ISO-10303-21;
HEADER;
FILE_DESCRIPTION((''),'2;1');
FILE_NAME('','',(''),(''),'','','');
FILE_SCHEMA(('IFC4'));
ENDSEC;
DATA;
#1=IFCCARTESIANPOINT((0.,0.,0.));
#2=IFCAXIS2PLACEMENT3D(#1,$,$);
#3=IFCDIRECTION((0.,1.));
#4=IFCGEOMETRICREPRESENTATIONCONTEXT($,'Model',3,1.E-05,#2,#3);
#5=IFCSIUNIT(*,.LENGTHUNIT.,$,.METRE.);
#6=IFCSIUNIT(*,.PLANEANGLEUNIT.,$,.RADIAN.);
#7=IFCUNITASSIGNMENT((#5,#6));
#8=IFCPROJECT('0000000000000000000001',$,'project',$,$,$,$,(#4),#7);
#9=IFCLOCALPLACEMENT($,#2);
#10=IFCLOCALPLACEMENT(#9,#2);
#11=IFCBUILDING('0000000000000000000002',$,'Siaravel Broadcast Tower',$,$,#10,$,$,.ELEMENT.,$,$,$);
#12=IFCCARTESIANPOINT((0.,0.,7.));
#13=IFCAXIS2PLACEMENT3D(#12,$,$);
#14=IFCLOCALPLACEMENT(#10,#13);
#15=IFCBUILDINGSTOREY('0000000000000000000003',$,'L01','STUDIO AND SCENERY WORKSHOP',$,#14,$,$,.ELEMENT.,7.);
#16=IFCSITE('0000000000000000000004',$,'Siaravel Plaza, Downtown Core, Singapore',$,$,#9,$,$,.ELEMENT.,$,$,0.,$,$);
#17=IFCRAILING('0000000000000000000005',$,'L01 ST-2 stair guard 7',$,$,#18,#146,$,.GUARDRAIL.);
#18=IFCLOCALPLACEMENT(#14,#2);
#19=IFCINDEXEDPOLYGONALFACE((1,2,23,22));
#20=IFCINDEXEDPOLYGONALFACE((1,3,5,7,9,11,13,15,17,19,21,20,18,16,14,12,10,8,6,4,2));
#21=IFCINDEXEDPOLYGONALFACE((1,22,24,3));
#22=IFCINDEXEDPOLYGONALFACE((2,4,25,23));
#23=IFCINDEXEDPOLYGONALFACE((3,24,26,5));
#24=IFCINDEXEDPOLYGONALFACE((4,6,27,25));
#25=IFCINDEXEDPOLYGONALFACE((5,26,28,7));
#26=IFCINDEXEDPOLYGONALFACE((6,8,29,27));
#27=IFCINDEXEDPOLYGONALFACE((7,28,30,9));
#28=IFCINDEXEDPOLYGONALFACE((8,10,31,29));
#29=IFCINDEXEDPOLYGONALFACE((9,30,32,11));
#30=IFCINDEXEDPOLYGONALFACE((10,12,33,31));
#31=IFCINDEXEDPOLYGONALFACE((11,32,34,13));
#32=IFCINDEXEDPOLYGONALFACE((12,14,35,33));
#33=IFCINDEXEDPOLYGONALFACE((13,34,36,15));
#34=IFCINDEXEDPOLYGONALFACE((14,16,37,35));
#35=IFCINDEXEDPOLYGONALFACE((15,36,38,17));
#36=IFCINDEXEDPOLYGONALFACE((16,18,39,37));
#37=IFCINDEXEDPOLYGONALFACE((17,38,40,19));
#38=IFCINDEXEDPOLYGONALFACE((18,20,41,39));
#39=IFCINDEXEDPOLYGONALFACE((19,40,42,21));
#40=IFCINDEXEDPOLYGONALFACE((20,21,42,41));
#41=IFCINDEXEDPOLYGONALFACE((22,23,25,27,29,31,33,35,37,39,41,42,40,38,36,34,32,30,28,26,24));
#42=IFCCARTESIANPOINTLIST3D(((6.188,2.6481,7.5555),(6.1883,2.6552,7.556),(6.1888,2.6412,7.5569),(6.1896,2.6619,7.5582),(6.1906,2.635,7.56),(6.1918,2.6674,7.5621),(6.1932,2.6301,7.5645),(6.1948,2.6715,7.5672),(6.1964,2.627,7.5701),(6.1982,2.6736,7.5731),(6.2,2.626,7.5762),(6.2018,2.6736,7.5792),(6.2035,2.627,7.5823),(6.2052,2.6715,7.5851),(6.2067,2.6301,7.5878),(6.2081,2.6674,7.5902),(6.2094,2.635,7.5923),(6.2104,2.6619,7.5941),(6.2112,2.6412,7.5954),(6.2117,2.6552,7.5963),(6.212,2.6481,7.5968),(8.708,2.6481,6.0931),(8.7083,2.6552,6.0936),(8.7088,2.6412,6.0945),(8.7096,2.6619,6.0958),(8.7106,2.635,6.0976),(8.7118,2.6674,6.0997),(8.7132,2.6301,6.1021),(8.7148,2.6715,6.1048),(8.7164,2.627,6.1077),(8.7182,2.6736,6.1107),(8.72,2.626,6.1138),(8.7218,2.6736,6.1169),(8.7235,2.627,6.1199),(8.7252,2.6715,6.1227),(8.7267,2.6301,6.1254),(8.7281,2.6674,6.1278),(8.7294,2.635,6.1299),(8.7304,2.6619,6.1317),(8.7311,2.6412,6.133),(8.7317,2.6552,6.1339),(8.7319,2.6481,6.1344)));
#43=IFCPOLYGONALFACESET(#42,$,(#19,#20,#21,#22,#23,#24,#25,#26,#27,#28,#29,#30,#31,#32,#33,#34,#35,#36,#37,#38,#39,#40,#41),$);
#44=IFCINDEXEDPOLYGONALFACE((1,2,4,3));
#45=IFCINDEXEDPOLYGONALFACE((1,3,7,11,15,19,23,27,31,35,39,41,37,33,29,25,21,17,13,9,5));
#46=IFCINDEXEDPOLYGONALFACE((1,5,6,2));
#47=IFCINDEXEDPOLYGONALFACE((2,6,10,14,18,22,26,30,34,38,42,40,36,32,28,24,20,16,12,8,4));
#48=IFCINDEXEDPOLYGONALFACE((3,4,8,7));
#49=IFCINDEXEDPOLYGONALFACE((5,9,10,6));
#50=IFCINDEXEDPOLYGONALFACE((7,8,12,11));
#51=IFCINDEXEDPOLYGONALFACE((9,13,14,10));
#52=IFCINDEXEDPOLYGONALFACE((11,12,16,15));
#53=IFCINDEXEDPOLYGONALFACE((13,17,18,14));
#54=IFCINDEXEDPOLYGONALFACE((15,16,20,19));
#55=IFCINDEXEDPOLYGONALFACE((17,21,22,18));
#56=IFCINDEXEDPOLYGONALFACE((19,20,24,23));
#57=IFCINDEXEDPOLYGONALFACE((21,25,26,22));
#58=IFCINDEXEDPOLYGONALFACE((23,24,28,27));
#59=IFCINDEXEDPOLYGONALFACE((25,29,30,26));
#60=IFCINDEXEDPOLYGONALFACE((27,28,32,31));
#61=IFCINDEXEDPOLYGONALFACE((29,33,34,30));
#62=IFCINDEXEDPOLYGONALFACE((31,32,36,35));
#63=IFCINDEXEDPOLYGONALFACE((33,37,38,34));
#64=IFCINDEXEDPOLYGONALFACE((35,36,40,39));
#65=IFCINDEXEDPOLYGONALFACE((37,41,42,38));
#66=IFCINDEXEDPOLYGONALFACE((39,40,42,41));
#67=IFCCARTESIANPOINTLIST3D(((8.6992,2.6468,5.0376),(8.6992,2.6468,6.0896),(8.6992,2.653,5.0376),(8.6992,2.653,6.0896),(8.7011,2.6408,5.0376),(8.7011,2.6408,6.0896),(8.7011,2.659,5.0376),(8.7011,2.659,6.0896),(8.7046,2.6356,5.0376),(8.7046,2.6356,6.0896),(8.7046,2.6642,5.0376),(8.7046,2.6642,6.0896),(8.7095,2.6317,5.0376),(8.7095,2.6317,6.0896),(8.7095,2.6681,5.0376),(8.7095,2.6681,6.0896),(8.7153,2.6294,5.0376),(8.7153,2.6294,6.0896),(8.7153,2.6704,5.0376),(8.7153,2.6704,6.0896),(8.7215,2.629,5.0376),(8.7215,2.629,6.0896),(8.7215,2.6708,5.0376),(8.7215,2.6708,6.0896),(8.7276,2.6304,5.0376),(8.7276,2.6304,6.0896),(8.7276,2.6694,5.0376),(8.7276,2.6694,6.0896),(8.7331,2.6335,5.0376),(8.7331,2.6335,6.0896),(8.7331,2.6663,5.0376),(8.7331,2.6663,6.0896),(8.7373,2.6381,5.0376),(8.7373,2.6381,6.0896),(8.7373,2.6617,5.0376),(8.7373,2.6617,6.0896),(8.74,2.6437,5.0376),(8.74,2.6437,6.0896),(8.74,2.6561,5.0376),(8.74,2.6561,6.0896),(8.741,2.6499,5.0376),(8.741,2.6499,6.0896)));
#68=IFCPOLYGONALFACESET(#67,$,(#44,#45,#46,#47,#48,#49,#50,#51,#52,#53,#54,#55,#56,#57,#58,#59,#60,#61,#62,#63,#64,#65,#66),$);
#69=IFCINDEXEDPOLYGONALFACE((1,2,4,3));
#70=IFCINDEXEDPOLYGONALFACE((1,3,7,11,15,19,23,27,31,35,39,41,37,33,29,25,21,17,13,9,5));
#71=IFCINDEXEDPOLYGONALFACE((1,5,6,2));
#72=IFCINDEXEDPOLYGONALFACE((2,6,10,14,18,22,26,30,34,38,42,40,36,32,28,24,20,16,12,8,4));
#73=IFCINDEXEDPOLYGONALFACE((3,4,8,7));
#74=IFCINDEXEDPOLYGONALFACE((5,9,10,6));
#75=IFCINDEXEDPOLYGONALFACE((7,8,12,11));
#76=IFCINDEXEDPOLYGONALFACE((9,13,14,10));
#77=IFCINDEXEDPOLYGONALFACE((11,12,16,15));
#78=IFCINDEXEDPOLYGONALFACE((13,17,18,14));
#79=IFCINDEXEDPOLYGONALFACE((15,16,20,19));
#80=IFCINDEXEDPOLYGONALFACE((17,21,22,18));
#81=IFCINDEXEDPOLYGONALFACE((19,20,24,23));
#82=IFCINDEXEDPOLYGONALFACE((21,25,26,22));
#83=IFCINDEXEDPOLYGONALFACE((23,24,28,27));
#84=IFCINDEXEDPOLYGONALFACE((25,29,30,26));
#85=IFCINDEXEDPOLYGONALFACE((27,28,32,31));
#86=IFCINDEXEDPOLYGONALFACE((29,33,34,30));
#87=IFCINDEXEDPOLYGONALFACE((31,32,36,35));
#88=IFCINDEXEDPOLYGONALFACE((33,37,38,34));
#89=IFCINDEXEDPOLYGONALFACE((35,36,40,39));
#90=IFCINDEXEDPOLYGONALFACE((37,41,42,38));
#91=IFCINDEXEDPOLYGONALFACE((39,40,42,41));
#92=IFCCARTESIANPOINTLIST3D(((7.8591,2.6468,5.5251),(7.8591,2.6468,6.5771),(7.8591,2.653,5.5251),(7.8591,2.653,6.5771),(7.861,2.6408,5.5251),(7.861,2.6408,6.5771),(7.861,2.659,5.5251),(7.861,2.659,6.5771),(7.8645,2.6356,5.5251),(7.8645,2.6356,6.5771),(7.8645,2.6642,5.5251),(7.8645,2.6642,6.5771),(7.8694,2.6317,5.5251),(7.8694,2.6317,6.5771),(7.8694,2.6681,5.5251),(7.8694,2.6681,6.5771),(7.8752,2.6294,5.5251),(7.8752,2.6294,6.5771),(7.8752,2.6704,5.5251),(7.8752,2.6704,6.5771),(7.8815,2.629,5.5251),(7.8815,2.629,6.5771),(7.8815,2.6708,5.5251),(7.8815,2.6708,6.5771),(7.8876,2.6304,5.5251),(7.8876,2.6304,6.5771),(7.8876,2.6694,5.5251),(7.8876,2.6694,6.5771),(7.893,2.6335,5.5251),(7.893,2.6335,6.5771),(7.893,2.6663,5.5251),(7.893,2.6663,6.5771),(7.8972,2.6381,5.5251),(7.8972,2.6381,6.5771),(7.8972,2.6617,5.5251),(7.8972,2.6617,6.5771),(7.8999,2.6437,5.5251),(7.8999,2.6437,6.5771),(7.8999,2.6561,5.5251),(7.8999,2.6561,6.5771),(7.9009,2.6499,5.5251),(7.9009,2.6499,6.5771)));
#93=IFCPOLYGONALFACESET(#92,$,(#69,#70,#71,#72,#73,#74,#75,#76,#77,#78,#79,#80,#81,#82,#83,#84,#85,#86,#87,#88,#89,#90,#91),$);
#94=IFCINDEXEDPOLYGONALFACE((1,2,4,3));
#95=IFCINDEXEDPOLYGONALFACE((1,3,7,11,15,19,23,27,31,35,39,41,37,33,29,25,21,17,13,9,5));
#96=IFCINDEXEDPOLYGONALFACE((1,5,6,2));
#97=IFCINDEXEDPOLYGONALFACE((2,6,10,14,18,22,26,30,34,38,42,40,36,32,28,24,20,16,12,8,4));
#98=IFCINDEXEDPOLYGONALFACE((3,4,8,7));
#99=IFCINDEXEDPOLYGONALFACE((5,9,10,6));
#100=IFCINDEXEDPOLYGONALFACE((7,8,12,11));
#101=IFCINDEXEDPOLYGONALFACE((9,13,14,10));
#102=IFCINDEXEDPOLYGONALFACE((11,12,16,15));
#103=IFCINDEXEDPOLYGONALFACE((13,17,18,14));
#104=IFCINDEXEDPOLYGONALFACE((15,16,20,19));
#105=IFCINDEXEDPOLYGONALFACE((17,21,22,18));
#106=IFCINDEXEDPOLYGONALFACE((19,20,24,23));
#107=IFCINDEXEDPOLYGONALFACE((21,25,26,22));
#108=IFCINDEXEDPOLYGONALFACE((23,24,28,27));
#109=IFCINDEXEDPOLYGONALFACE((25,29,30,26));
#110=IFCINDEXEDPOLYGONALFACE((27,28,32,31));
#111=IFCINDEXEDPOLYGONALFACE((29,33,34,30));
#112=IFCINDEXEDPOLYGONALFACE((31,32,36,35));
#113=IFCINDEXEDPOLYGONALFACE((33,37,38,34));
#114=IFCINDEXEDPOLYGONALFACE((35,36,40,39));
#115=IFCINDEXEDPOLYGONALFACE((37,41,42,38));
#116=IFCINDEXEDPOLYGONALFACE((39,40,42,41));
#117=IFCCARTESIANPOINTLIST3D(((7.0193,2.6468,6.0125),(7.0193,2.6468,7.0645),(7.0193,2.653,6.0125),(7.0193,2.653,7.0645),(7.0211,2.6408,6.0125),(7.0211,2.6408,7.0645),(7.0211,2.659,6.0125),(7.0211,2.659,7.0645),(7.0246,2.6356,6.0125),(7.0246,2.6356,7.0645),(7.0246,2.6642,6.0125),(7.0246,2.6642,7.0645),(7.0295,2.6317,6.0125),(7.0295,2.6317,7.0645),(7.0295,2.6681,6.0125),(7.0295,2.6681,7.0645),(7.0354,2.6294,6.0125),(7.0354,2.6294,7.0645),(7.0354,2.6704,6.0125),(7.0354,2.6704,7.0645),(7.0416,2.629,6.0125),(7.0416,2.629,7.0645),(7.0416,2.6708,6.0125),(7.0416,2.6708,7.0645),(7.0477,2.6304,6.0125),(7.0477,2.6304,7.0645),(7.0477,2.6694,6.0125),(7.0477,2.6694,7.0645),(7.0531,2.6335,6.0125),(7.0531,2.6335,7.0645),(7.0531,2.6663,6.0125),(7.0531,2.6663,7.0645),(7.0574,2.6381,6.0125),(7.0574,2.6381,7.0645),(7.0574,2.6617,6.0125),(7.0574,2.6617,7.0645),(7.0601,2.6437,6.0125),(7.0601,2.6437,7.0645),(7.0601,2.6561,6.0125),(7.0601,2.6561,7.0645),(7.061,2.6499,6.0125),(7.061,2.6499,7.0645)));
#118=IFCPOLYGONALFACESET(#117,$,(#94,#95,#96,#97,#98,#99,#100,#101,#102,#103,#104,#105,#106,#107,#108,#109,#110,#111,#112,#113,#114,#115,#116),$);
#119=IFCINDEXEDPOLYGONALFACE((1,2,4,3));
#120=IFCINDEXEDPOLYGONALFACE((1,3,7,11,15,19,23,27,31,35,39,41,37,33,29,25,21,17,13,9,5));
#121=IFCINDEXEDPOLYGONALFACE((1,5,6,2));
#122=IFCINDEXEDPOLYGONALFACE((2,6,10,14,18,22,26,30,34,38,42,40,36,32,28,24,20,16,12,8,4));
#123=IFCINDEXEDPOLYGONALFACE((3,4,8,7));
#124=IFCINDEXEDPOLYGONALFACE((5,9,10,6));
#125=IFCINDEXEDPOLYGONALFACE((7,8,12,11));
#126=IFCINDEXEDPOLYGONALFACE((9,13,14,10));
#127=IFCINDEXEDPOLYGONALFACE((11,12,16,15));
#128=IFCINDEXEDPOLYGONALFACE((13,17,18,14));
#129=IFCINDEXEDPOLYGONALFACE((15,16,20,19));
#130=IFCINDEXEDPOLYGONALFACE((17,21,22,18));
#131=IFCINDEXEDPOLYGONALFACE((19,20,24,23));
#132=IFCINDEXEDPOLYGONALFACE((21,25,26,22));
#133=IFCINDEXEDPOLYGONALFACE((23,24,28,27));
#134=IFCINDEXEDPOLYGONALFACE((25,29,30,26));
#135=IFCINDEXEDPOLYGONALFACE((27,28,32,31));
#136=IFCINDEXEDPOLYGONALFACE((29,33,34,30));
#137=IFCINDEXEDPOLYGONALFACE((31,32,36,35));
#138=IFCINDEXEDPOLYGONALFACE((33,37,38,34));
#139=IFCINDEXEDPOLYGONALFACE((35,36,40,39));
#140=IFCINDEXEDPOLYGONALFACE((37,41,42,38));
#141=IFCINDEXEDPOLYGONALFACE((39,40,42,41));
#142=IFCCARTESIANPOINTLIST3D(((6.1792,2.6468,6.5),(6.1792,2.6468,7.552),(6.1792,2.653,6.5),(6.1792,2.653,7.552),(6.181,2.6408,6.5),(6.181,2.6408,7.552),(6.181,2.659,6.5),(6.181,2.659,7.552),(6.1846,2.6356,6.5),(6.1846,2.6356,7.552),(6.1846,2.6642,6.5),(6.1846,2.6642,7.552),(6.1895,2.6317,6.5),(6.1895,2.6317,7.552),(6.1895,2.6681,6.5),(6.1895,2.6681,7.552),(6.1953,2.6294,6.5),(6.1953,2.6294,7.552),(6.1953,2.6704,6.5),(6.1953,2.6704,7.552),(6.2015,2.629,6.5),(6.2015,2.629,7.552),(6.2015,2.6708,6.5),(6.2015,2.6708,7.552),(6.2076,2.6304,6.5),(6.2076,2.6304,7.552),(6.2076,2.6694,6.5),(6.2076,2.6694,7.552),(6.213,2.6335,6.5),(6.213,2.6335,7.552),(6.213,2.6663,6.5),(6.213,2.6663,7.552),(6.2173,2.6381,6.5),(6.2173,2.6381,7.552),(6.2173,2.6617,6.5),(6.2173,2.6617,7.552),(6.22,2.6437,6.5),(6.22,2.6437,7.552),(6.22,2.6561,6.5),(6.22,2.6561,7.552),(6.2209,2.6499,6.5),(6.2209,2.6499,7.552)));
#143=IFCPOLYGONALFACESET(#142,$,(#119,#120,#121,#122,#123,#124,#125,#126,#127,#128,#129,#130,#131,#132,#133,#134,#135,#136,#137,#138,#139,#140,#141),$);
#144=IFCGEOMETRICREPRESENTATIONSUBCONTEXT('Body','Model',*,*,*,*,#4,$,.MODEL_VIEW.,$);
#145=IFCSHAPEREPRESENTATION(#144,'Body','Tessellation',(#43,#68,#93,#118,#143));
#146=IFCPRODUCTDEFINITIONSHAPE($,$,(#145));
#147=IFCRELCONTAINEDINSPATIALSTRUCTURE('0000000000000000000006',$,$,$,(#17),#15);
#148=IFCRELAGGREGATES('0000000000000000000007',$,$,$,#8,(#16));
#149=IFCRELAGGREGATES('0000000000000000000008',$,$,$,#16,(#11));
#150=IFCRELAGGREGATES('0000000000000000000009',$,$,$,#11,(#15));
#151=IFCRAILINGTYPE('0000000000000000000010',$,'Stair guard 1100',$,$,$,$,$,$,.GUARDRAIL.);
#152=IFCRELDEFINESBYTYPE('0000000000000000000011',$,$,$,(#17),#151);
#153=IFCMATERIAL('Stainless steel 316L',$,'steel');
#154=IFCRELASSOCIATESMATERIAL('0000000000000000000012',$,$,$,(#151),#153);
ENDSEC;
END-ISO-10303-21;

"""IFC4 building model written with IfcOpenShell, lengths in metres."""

from ifc_helpers import new_model, si_unit, direction, frame, origin, origin_2d, place, context, subcontext, project, spatial, circle, extrude, material, type_object, element, save


model = new_model("IFC4")

# Units and contexts
model_context = context("Model", 3, precision=1e-05, world=origin(), true_north=direction((0.0, 1.0)))
body_context = subcontext(model_context, "Body", "Model", "MODEL_VIEW")
ifc_project = project(units=[si_unit("LENGTHUNIT", "METRE"), si_unit("PLANEANGLEUNIT", "RADIAN")], contexts=[model_context])

# Site, building, storey
site_placement = place(None, origin())
site = spatial("IfcSite", under=ifc_project, at=site_placement, Name="Siaravel Plaza, Downtown Core, Singapore", CompositionType="ELEMENT", RefElevation=0.0)
building_placement = place(site_placement, origin())
building = spatial("IfcBuilding", under=site, at=building_placement, Name="Siaravel Broadcast Tower", CompositionType="ELEMENT")
storey_placement = place(building_placement, frame((0.0, 0.0, 7.0)))
storey = spatial("IfcBuildingStorey", under=building, at=storey_placement, Name="L01", Description="STUDIO AND SCENERY WORKSHOP", CompositionType="ELEMENT", Elevation=7.0)

# Railing
ifc_material_1 = material(Name="Stainless steel 316L", Category="steel")
railing_type_1 = type_object("IfcRailingType", Name="Stair guard 1100", PredefinedType="GUARDRAIL", material=ifc_material_1)
railing_1_placement = place(storey_placement, frame((8.72, 2.6499, 5.0376)))
element("IfcRailing", 1, at=railing_1_placement, inside=storey, type_object=railing_type_1, Name="L01 ST-2 stair guard 7", PredefinedType="GUARDRAIL", context=body_context, shape_type="SweptSolid", body=[
    extrude(circle(Radius=0.0239, at=origin_2d()), frame((0.0, 0.0, 1.0762), z_axis=(-0.864913, 0.0, 0.501921), x_axis=(0.0, -1.0, 0.0)), (0.0, 0.0, 1.0), 2.9136),
    extrude(circle(Radius=0.021, at=origin_2d()), origin(), (0.0, 0.0, 1.0), 1.052),
    extrude(circle(Radius=0.021, at=origin_2d()), frame((-0.8401, 0.0, 0.4875)), (0.0, 0.0, 1.0), 1.052),
    extrude(circle(Radius=0.021, at=origin_2d()), frame((-1.6799, 0.0, 0.9749)), (0.0, 0.0, 1.0), 1.052),
    extrude(circle(Radius=0.021, at=origin_2d()), frame((-2.52, 0.0, 1.4624)), (0.0, 0.0, 1.0), 1.052),
])

save(model, "model.ifc")
